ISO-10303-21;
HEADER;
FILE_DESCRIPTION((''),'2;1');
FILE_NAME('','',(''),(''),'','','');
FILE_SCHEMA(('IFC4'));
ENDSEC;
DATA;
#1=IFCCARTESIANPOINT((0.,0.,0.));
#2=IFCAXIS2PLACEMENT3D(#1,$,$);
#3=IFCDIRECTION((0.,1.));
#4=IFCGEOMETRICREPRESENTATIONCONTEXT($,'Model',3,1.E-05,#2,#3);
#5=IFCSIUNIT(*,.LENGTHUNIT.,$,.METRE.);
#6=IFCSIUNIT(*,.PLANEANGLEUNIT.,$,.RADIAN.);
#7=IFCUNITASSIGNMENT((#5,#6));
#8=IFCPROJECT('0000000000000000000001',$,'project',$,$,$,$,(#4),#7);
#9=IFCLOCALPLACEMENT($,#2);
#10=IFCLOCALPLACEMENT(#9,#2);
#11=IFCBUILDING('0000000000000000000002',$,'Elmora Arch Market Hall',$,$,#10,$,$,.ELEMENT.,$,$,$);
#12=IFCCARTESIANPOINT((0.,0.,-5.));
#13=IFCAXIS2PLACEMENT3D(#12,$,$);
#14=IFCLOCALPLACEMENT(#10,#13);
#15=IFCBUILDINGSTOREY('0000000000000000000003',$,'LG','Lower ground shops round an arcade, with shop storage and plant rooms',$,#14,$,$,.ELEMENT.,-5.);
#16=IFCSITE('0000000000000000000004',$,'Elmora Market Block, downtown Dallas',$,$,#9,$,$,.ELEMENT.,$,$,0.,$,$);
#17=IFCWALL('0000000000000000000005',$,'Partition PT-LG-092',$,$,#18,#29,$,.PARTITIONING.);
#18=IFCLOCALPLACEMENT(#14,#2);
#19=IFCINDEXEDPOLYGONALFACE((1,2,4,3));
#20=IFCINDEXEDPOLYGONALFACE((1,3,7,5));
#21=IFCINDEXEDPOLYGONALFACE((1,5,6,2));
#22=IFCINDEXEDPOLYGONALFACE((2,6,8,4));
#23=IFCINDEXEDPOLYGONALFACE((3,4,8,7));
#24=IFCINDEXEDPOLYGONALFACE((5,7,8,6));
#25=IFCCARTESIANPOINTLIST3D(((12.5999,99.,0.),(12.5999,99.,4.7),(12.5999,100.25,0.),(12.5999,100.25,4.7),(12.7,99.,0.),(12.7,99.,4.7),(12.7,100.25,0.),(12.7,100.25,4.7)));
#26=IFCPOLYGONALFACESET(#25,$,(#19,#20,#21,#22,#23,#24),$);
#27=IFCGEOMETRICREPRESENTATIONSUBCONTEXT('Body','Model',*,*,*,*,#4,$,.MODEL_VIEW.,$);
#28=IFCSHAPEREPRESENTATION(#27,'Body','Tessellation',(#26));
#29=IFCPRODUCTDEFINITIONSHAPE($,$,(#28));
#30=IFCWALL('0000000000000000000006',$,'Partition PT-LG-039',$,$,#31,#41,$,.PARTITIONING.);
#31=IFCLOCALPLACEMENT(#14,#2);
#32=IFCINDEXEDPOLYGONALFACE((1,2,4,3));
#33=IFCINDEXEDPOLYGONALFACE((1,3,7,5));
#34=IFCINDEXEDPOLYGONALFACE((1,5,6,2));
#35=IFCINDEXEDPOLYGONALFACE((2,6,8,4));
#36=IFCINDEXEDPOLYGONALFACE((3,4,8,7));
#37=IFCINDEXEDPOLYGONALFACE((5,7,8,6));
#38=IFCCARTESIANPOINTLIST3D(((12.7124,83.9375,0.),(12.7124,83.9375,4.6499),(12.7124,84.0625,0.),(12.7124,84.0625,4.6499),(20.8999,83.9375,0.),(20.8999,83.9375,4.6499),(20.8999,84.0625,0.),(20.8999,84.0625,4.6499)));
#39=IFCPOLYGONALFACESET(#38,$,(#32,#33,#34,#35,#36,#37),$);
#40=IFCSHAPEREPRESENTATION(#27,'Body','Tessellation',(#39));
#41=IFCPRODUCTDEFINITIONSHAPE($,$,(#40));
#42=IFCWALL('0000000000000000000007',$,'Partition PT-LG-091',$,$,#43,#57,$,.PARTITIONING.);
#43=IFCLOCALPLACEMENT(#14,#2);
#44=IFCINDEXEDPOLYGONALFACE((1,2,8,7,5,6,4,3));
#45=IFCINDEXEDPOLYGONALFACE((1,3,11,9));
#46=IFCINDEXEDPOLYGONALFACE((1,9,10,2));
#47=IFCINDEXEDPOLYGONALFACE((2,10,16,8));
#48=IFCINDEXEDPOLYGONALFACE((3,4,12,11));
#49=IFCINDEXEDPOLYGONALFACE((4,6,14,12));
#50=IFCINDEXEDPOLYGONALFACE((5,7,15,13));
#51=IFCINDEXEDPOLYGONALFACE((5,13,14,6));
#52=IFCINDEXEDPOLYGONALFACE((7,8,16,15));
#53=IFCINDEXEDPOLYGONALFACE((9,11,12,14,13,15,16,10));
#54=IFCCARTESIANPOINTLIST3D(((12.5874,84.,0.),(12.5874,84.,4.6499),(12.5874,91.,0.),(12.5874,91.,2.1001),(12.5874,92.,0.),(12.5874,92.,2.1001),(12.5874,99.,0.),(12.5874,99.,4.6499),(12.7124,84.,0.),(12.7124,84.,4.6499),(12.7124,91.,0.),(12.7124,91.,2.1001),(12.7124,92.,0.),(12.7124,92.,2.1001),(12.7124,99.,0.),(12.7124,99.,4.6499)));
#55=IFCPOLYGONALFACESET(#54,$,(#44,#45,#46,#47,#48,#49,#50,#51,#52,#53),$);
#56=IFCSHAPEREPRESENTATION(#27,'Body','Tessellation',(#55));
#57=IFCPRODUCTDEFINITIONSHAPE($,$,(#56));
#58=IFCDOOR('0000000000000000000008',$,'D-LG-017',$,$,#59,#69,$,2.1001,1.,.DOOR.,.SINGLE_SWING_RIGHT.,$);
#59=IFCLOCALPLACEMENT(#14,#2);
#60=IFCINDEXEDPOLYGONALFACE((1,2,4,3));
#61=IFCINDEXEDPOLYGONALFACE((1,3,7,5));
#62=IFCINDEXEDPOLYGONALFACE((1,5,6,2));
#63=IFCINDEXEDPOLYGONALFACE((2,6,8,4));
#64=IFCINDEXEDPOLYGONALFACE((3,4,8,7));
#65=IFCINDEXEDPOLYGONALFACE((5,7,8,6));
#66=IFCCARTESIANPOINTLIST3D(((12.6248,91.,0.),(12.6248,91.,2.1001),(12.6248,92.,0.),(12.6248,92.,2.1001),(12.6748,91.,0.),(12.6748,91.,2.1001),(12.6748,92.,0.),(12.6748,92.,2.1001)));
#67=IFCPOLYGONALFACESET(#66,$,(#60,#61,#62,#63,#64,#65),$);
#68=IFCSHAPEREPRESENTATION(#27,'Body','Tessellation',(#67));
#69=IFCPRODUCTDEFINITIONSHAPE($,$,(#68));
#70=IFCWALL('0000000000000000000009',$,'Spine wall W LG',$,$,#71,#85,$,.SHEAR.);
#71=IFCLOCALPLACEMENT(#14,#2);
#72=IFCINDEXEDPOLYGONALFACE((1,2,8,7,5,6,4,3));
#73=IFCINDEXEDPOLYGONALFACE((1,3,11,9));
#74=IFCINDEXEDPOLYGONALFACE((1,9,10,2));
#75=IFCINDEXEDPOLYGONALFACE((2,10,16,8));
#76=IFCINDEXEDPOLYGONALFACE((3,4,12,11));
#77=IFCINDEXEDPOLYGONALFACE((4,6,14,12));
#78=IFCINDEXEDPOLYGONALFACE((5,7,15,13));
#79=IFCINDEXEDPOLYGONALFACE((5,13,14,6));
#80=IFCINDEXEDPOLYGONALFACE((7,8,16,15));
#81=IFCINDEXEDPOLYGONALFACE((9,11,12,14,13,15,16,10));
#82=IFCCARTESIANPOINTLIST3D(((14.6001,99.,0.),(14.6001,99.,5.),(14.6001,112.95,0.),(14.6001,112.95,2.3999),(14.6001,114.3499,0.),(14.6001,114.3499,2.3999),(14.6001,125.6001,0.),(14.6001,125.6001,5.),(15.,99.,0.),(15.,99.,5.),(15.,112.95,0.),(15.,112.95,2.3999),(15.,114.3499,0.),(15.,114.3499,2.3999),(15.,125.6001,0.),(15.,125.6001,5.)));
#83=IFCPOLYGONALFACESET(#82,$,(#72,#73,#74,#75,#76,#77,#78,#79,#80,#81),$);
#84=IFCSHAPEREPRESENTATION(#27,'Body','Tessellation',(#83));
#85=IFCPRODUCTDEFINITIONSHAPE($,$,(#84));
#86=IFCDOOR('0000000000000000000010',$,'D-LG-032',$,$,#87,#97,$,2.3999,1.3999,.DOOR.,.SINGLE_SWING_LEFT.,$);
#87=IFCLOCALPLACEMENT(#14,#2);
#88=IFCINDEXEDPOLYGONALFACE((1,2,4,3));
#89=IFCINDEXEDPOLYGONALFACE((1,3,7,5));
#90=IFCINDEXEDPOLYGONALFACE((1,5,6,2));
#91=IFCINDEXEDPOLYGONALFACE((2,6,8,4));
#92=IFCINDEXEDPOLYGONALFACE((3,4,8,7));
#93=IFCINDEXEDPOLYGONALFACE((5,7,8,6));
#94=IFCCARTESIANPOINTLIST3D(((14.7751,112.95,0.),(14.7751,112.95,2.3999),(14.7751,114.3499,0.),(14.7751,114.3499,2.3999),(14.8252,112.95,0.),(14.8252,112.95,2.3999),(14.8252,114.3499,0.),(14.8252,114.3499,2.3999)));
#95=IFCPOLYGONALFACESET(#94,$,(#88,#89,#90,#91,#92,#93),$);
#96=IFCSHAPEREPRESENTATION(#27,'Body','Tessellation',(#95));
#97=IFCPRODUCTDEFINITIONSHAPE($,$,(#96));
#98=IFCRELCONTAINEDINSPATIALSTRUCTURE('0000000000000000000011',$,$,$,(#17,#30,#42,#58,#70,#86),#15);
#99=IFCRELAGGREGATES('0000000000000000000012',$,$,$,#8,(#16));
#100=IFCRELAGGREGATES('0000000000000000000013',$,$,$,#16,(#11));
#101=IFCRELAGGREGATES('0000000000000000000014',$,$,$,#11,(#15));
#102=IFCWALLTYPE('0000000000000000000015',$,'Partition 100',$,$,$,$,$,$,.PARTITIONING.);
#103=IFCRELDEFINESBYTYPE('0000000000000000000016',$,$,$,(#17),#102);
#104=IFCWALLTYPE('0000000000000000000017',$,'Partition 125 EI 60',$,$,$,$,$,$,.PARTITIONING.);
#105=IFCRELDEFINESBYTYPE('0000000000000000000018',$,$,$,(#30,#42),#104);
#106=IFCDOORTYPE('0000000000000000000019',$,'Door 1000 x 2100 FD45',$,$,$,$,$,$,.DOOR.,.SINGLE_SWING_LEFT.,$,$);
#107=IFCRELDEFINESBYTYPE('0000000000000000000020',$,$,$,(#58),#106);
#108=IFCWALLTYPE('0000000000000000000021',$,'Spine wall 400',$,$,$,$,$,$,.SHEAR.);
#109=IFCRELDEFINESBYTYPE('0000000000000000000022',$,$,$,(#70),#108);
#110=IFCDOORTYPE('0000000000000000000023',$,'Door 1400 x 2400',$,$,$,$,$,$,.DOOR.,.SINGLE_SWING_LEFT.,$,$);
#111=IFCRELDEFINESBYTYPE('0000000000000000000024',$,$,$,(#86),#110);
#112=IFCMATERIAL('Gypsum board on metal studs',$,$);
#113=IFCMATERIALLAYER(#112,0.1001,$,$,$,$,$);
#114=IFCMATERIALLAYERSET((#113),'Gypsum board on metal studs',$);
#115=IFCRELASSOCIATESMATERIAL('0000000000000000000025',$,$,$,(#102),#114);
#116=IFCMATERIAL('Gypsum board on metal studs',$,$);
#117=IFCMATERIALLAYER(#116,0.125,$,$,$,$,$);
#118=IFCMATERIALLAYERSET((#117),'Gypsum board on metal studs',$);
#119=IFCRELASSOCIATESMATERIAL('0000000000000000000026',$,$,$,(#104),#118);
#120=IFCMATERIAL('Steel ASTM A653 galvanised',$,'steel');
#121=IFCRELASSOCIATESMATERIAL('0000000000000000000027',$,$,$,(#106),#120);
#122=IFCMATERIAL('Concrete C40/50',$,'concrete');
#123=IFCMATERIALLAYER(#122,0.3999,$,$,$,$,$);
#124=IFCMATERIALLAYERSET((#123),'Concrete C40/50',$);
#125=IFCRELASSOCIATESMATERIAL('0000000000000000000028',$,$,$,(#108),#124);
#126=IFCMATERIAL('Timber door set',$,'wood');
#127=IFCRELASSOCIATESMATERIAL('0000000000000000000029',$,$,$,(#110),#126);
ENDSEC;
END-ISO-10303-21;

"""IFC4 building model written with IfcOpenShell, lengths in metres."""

from ifc_helpers import new_model, si_unit, direction, frame, frame_2d, origin, place, context, subcontext, project, spatial, rectangle, extrude, material, layer, layer_set, type_object, element, fill, save


model = new_model("IFC4")

# Units and contexts
model_context = context("Model", 3, precision=1e-05, world=origin(), true_north=direction((0.0, 1.0)))
body_context = subcontext(model_context, "Body", "Model", "MODEL_VIEW")
ifc_project = project(units=[si_unit("LENGTHUNIT", "METRE"), si_unit("PLANEANGLEUNIT", "RADIAN")], contexts=[model_context])

# Site, building, storey
site_placement = place(None, origin())
site = spatial("IfcSite", under=ifc_project, at=site_placement, Name="Elmora Market Block, downtown Dallas", CompositionType="ELEMENT", RefElevation=0.0)
building_placement = place(site_placement, origin())
building = spatial("IfcBuilding", under=site, at=building_placement, Name="Elmora Arch Market Hall", CompositionType="ELEMENT")
storey_placement = place(building_placement, frame((0.0, 0.0, -5.0)))
storey = spatial("IfcBuildingStorey", under=building, at=storey_placement, Name="LG", Description="Lower ground shops round an arcade, with shop storage and plant rooms", CompositionType="ELEMENT", Elevation=-5.0)

# Walls
ifc_material_1 = material(Name="Gypsum board on metal studs")
ifc_layer_1 = layer(ifc_material_1, 0.1001)
ifc_layer_set_1 = layer_set([ifc_layer_1], Name="Gypsum board on metal studs")
wall_type_1 = type_object("IfcWallType", Name="Partition 100", PredefinedType="PARTITIONING", material=ifc_layer_set_1)
wall_1_placement = place(storey_placement, frame((12.6499, 99.0, 0.0), z_axis=(0.0, 0.0, 1.0), x_axis=(0.0, 1.0, 0.0)))
element("IfcWall", 1, at=wall_1_placement, inside=storey, type_object=wall_type_1, Name="Partition PT-LG-092", PredefinedType="PARTITIONING", context=body_context, shape_type="SweptSolid", body=[
    extrude(rectangle(XDim=1.25, YDim=0.1001, at=frame_2d((0.625, 0.0))), origin(), (0.0, 0.0, 1.0), 4.7),
])
ifc_material_2 = material(Name="Gypsum board on metal studs")
ifc_layer_2 = layer(ifc_material_2, 0.125)
ifc_layer_set_2 = layer_set([ifc_layer_2], Name="Gypsum board on metal studs")
wall_type_2 = type_object("IfcWallType", Name="Partition 125 EI 60", PredefinedType="PARTITIONING", material=ifc_layer_set_2)
wall_2_placement = place(storey_placement, frame((12.7124, 84.0, 0.0), z_axis=(0.0, 0.0, 1.0), x_axis=(1.0, 0.0, 0.0)))
element("IfcWall", 2, at=wall_2_placement, inside=storey, type_object=wall_type_2, Name="Partition PT-LG-039", PredefinedType="PARTITIONING", context=body_context, shape_type="SweptSolid", body=[
    extrude(rectangle(XDim=8.1875, YDim=0.125, at=frame_2d((4.0938, 0.0))), origin(), (0.0, 0.0, 1.0), 4.6499),
])

# Walls, openings, doors
wall_3_placement = place(storey_placement, frame((12.6499, 84.0, 0.0), z_axis=(0.0, 0.0, 1.0), x_axis=(0.0, 1.0, 0.0)))
wall_3 = element("IfcWall", 3, at=wall_3_placement, inside=storey, type_object=wall_type_2, Name="Partition PT-LG-091", PredefinedType="PARTITIONING", context=body_context, shape_type="SweptSolid", body=[
    extrude(rectangle(XDim=15.0, YDim=0.125, at=frame_2d((7.5, 0.0))), origin(), (0.0, 0.0, 1.0), 4.6499),
])
opening_1_placement = place(wall_3_placement, frame((7.0, 0.0, 0.0)))
opening_1 = element("IfcOpeningElement", 4, at=opening_1_placement, cuts=wall_3, PredefinedType="OPENING", context=body_context, shape_type="SweptSolid", body=[
    extrude(rectangle(XDim=1.0, YDim=2.1001, at=frame_2d((0.5, 1.05))), frame((0.0, 0.0725, 0.0), z_axis=(0.0, -1.0, 0.0), x_axis=(1.0, 0.0, 0.0)), (0.0, 0.0, 1.0), 0.145),
])
ifc_material_3 = material(Name="Steel ASTM A653 galvanised", Category="steel")
door_type_1 = type_object("IfcDoorType", Name="Door 1000 x 2100 FD45", OperationType="SINGLE_SWING_LEFT", PredefinedType="DOOR", material=ifc_material_3)
door_1_placement = place(opening_1_placement, frame((1.0, 0.0, 0.0), z_axis=(0.0, 0.0, 1.0), x_axis=(-1.0, 0.0, 0.0)))
door_1 = element("IfcDoor", 5, at=door_1_placement, inside=storey, type_object=door_type_1, Name="D-LG-017", OperationType="SINGLE_SWING_RIGHT", OverallHeight=2.1001, OverallWidth=1.0, PredefinedType="DOOR", context=body_context, shape_type="SweptSolid", body=[
    extrude(rectangle(XDim=1.0, YDim=2.1001, at=frame_2d((0.5, 1.05))), frame((0.0, 0.0249, 0.0), z_axis=(0.0, -1.0, 0.0), x_axis=(1.0, 0.0, 0.0)), (0.0, 0.0, 1.0), 0.05),
])
fill(opening_1, door_1)
ifc_material_4 = material(Name="Concrete C40/50", Category="concrete")
ifc_layer_3 = layer(ifc_material_4, 0.3999)
ifc_layer_set_3 = layer_set([ifc_layer_3], Name="Concrete C40/50")
wall_type_3 = type_object("IfcWallType", Name="Spine wall 400", PredefinedType="SHEAR", material=ifc_layer_set_3)
wall_4_placement = place(storey_placement, frame((14.8, 99.0, 0.0), z_axis=(0.0, 0.0, 1.0), x_axis=(0.0, 1.0, 0.0)))
wall_4 = element("IfcWall", 6, at=wall_4_placement, inside=storey, type_object=wall_type_3, Name="Spine wall W LG", PredefinedType="SHEAR", context=body_context, shape_type="SweptSolid", body=[
    extrude(rectangle(XDim=26.6001, YDim=0.3999, at=frame_2d((13.3, 0.0))), origin(), (0.0, 0.0, 1.0), 5.0),
])
opening_2_placement = place(wall_4_placement, frame((13.95, 0.0, 0.0)))
opening_2 = element("IfcOpeningElement", 7, at=opening_2_placement, cuts=wall_4, PredefinedType="OPENING", context=body_context, shape_type="SweptSolid", body=[
    extrude(rectangle(XDim=1.3999, YDim=2.3999, at=frame_2d((0.7, 1.2))), frame((0.0, 0.21, 0.0), z_axis=(0.0, -1.0, 0.0), x_axis=(1.0, 0.0, 0.0)), (0.0, 0.0, 1.0), 0.4199),
])
ifc_material_5 = material(Name="Timber door set", Category="wood")
door_type_2 = type_object("IfcDoorType", Name="Door 1400 x 2400", OperationType="SINGLE_SWING_LEFT", PredefinedType="DOOR", material=ifc_material_5)
door_2_placement = place(opening_2_placement, origin())
door_2 = element("IfcDoor", 8, at=door_2_placement, inside=storey, type_object=door_type_2, Name="D-LG-032", OperationType="SINGLE_SWING_LEFT", OverallHeight=2.3999, OverallWidth=1.3999, PredefinedType="DOOR", context=body_context, shape_type="SweptSolid", body=[
    extrude(rectangle(XDim=1.3999, YDim=2.3999, at=frame_2d((0.7, 1.2))), frame((0.0, 0.0249, 0.0), z_axis=(0.0, -1.0, 0.0), x_axis=(1.0, 0.0, 0.0)), (0.0, 0.0, 1.0), 0.05),
])
fill(opening_2, door_2)

save(model, "model.ifc")
